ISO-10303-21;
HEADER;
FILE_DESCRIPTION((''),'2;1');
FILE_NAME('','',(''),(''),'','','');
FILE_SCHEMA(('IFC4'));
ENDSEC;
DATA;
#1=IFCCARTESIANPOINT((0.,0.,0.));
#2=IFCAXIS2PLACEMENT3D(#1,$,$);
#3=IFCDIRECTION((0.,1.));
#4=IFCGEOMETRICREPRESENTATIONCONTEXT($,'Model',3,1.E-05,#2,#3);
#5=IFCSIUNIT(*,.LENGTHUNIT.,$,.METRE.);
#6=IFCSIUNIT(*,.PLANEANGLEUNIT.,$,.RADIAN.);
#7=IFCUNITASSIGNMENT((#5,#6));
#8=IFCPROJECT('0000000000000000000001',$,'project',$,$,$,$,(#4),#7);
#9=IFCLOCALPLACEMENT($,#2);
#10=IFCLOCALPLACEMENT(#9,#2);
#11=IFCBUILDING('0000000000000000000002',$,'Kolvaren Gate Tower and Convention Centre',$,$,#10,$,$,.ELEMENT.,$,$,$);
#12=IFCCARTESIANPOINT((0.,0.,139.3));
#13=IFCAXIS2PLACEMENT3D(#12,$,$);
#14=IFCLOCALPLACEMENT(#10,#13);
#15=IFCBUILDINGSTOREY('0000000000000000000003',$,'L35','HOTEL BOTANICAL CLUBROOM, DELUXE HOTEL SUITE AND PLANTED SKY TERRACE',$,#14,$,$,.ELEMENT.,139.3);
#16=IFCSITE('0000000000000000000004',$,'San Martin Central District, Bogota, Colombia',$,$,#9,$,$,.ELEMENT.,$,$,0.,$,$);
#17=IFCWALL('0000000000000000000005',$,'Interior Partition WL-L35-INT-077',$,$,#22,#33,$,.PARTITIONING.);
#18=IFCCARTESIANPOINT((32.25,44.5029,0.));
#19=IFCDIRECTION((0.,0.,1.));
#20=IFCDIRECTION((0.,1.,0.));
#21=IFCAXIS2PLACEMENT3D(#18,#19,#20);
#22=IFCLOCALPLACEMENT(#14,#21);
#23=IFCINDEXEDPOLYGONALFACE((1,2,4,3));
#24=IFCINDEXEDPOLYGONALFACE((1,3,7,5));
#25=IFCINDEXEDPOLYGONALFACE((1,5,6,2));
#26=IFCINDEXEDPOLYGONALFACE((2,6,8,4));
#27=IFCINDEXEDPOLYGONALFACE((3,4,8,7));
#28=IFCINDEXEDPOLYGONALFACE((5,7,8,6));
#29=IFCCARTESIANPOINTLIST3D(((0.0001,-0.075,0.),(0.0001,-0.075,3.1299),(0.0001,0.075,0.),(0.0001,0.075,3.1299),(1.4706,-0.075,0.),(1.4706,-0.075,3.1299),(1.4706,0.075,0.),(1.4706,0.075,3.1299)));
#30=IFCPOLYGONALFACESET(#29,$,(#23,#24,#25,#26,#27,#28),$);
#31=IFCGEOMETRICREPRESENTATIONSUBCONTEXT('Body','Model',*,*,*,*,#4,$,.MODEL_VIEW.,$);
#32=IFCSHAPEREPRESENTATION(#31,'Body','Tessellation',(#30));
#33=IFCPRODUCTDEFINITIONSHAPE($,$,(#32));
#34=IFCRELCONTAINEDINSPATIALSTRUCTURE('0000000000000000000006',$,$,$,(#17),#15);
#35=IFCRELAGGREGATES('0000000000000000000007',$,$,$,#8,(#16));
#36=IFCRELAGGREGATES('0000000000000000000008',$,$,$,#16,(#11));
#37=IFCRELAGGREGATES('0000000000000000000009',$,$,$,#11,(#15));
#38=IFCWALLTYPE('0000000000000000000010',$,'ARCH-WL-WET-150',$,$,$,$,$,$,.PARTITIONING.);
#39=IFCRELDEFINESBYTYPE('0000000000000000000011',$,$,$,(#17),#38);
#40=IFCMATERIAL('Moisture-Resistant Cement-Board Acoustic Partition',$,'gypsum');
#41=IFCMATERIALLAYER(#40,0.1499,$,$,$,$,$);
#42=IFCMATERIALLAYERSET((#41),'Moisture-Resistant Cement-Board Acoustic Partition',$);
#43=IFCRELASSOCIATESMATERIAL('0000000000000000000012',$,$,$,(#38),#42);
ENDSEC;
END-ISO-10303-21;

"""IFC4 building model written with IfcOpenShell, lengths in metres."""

from ifc_helpers import new_model, si_unit, direction, frame, frame_2d, origin, place, context, subcontext, project, spatial, rectangle, extrude, material, layer, layer_set, type_object, element, save


model = new_model("IFC4")

# Units and contexts
model_context = context("Model", 3, precision=1e-05, world=origin(), true_north=direction((0.0, 1.0)))
body_context = subcontext(model_context, "Body", "Model", "MODEL_VIEW")
ifc_project = project(units=[si_unit("LENGTHUNIT", "METRE"), si_unit("PLANEANGLEUNIT", "RADIAN")], contexts=[model_context])

# Site, building, storey
site_placement = place(None, origin())
site = spatial("IfcSite", under=ifc_project, at=site_placement, Name="San Martin Central District, Bogota, Colombia", CompositionType="ELEMENT", RefElevation=0.0)
building_placement = place(site_placement, origin())
building = spatial("IfcBuilding", under=site, at=building_placement, Name="Kolvaren Gate Tower and Convention Centre", CompositionType="ELEMENT")
storey_placement = place(building_placement, frame((0.0, 0.0, 139.3)))
storey = spatial("IfcBuildingStorey", under=building, at=storey_placement, Name="L35", Description="HOTEL BOTANICAL CLUBROOM, DELUXE HOTEL SUITE AND PLANTED SKY TERRACE", CompositionType="ELEMENT", Elevation=139.3)

# Shared definitions
ifc_material_1 = material(Name="Moisture-Resistant Cement-Board Acoustic Partition", Category="gypsum")
ifc_layer_1 = layer(ifc_material_1, 0.1499)
ifc_layer_set_1 = layer_set([ifc_layer_1], Name="Moisture-Resistant Cement-Board Acoustic Partition")
wall_type_1 = type_object("IfcWallType", Name="ARCH-WL-WET-150", PredefinedType="PARTITIONING", material=ifc_layer_set_1)

# Wall
wall_1_placement = place(storey_placement, frame((32.25, 44.5029, 0.0), z_axis=(0.0, 0.0, 1.0), x_axis=(0.0, 1.0, 0.0)))
element("IfcWall", 1, at=wall_1_placement, inside=storey, type_object=wall_type_1, Name="Interior Partition WL-L35-INT-077", PredefinedType="PARTITIONING", context=body_context, shape_type="SweptSolid", body=[
    extrude(rectangle(XDim=1.4705, YDim=0.1499, at=frame_2d((0.7354, 0.0))), origin(), (0.0, 0.0, 1.0), 3.1299),
])

save(model, "model.ifc")
